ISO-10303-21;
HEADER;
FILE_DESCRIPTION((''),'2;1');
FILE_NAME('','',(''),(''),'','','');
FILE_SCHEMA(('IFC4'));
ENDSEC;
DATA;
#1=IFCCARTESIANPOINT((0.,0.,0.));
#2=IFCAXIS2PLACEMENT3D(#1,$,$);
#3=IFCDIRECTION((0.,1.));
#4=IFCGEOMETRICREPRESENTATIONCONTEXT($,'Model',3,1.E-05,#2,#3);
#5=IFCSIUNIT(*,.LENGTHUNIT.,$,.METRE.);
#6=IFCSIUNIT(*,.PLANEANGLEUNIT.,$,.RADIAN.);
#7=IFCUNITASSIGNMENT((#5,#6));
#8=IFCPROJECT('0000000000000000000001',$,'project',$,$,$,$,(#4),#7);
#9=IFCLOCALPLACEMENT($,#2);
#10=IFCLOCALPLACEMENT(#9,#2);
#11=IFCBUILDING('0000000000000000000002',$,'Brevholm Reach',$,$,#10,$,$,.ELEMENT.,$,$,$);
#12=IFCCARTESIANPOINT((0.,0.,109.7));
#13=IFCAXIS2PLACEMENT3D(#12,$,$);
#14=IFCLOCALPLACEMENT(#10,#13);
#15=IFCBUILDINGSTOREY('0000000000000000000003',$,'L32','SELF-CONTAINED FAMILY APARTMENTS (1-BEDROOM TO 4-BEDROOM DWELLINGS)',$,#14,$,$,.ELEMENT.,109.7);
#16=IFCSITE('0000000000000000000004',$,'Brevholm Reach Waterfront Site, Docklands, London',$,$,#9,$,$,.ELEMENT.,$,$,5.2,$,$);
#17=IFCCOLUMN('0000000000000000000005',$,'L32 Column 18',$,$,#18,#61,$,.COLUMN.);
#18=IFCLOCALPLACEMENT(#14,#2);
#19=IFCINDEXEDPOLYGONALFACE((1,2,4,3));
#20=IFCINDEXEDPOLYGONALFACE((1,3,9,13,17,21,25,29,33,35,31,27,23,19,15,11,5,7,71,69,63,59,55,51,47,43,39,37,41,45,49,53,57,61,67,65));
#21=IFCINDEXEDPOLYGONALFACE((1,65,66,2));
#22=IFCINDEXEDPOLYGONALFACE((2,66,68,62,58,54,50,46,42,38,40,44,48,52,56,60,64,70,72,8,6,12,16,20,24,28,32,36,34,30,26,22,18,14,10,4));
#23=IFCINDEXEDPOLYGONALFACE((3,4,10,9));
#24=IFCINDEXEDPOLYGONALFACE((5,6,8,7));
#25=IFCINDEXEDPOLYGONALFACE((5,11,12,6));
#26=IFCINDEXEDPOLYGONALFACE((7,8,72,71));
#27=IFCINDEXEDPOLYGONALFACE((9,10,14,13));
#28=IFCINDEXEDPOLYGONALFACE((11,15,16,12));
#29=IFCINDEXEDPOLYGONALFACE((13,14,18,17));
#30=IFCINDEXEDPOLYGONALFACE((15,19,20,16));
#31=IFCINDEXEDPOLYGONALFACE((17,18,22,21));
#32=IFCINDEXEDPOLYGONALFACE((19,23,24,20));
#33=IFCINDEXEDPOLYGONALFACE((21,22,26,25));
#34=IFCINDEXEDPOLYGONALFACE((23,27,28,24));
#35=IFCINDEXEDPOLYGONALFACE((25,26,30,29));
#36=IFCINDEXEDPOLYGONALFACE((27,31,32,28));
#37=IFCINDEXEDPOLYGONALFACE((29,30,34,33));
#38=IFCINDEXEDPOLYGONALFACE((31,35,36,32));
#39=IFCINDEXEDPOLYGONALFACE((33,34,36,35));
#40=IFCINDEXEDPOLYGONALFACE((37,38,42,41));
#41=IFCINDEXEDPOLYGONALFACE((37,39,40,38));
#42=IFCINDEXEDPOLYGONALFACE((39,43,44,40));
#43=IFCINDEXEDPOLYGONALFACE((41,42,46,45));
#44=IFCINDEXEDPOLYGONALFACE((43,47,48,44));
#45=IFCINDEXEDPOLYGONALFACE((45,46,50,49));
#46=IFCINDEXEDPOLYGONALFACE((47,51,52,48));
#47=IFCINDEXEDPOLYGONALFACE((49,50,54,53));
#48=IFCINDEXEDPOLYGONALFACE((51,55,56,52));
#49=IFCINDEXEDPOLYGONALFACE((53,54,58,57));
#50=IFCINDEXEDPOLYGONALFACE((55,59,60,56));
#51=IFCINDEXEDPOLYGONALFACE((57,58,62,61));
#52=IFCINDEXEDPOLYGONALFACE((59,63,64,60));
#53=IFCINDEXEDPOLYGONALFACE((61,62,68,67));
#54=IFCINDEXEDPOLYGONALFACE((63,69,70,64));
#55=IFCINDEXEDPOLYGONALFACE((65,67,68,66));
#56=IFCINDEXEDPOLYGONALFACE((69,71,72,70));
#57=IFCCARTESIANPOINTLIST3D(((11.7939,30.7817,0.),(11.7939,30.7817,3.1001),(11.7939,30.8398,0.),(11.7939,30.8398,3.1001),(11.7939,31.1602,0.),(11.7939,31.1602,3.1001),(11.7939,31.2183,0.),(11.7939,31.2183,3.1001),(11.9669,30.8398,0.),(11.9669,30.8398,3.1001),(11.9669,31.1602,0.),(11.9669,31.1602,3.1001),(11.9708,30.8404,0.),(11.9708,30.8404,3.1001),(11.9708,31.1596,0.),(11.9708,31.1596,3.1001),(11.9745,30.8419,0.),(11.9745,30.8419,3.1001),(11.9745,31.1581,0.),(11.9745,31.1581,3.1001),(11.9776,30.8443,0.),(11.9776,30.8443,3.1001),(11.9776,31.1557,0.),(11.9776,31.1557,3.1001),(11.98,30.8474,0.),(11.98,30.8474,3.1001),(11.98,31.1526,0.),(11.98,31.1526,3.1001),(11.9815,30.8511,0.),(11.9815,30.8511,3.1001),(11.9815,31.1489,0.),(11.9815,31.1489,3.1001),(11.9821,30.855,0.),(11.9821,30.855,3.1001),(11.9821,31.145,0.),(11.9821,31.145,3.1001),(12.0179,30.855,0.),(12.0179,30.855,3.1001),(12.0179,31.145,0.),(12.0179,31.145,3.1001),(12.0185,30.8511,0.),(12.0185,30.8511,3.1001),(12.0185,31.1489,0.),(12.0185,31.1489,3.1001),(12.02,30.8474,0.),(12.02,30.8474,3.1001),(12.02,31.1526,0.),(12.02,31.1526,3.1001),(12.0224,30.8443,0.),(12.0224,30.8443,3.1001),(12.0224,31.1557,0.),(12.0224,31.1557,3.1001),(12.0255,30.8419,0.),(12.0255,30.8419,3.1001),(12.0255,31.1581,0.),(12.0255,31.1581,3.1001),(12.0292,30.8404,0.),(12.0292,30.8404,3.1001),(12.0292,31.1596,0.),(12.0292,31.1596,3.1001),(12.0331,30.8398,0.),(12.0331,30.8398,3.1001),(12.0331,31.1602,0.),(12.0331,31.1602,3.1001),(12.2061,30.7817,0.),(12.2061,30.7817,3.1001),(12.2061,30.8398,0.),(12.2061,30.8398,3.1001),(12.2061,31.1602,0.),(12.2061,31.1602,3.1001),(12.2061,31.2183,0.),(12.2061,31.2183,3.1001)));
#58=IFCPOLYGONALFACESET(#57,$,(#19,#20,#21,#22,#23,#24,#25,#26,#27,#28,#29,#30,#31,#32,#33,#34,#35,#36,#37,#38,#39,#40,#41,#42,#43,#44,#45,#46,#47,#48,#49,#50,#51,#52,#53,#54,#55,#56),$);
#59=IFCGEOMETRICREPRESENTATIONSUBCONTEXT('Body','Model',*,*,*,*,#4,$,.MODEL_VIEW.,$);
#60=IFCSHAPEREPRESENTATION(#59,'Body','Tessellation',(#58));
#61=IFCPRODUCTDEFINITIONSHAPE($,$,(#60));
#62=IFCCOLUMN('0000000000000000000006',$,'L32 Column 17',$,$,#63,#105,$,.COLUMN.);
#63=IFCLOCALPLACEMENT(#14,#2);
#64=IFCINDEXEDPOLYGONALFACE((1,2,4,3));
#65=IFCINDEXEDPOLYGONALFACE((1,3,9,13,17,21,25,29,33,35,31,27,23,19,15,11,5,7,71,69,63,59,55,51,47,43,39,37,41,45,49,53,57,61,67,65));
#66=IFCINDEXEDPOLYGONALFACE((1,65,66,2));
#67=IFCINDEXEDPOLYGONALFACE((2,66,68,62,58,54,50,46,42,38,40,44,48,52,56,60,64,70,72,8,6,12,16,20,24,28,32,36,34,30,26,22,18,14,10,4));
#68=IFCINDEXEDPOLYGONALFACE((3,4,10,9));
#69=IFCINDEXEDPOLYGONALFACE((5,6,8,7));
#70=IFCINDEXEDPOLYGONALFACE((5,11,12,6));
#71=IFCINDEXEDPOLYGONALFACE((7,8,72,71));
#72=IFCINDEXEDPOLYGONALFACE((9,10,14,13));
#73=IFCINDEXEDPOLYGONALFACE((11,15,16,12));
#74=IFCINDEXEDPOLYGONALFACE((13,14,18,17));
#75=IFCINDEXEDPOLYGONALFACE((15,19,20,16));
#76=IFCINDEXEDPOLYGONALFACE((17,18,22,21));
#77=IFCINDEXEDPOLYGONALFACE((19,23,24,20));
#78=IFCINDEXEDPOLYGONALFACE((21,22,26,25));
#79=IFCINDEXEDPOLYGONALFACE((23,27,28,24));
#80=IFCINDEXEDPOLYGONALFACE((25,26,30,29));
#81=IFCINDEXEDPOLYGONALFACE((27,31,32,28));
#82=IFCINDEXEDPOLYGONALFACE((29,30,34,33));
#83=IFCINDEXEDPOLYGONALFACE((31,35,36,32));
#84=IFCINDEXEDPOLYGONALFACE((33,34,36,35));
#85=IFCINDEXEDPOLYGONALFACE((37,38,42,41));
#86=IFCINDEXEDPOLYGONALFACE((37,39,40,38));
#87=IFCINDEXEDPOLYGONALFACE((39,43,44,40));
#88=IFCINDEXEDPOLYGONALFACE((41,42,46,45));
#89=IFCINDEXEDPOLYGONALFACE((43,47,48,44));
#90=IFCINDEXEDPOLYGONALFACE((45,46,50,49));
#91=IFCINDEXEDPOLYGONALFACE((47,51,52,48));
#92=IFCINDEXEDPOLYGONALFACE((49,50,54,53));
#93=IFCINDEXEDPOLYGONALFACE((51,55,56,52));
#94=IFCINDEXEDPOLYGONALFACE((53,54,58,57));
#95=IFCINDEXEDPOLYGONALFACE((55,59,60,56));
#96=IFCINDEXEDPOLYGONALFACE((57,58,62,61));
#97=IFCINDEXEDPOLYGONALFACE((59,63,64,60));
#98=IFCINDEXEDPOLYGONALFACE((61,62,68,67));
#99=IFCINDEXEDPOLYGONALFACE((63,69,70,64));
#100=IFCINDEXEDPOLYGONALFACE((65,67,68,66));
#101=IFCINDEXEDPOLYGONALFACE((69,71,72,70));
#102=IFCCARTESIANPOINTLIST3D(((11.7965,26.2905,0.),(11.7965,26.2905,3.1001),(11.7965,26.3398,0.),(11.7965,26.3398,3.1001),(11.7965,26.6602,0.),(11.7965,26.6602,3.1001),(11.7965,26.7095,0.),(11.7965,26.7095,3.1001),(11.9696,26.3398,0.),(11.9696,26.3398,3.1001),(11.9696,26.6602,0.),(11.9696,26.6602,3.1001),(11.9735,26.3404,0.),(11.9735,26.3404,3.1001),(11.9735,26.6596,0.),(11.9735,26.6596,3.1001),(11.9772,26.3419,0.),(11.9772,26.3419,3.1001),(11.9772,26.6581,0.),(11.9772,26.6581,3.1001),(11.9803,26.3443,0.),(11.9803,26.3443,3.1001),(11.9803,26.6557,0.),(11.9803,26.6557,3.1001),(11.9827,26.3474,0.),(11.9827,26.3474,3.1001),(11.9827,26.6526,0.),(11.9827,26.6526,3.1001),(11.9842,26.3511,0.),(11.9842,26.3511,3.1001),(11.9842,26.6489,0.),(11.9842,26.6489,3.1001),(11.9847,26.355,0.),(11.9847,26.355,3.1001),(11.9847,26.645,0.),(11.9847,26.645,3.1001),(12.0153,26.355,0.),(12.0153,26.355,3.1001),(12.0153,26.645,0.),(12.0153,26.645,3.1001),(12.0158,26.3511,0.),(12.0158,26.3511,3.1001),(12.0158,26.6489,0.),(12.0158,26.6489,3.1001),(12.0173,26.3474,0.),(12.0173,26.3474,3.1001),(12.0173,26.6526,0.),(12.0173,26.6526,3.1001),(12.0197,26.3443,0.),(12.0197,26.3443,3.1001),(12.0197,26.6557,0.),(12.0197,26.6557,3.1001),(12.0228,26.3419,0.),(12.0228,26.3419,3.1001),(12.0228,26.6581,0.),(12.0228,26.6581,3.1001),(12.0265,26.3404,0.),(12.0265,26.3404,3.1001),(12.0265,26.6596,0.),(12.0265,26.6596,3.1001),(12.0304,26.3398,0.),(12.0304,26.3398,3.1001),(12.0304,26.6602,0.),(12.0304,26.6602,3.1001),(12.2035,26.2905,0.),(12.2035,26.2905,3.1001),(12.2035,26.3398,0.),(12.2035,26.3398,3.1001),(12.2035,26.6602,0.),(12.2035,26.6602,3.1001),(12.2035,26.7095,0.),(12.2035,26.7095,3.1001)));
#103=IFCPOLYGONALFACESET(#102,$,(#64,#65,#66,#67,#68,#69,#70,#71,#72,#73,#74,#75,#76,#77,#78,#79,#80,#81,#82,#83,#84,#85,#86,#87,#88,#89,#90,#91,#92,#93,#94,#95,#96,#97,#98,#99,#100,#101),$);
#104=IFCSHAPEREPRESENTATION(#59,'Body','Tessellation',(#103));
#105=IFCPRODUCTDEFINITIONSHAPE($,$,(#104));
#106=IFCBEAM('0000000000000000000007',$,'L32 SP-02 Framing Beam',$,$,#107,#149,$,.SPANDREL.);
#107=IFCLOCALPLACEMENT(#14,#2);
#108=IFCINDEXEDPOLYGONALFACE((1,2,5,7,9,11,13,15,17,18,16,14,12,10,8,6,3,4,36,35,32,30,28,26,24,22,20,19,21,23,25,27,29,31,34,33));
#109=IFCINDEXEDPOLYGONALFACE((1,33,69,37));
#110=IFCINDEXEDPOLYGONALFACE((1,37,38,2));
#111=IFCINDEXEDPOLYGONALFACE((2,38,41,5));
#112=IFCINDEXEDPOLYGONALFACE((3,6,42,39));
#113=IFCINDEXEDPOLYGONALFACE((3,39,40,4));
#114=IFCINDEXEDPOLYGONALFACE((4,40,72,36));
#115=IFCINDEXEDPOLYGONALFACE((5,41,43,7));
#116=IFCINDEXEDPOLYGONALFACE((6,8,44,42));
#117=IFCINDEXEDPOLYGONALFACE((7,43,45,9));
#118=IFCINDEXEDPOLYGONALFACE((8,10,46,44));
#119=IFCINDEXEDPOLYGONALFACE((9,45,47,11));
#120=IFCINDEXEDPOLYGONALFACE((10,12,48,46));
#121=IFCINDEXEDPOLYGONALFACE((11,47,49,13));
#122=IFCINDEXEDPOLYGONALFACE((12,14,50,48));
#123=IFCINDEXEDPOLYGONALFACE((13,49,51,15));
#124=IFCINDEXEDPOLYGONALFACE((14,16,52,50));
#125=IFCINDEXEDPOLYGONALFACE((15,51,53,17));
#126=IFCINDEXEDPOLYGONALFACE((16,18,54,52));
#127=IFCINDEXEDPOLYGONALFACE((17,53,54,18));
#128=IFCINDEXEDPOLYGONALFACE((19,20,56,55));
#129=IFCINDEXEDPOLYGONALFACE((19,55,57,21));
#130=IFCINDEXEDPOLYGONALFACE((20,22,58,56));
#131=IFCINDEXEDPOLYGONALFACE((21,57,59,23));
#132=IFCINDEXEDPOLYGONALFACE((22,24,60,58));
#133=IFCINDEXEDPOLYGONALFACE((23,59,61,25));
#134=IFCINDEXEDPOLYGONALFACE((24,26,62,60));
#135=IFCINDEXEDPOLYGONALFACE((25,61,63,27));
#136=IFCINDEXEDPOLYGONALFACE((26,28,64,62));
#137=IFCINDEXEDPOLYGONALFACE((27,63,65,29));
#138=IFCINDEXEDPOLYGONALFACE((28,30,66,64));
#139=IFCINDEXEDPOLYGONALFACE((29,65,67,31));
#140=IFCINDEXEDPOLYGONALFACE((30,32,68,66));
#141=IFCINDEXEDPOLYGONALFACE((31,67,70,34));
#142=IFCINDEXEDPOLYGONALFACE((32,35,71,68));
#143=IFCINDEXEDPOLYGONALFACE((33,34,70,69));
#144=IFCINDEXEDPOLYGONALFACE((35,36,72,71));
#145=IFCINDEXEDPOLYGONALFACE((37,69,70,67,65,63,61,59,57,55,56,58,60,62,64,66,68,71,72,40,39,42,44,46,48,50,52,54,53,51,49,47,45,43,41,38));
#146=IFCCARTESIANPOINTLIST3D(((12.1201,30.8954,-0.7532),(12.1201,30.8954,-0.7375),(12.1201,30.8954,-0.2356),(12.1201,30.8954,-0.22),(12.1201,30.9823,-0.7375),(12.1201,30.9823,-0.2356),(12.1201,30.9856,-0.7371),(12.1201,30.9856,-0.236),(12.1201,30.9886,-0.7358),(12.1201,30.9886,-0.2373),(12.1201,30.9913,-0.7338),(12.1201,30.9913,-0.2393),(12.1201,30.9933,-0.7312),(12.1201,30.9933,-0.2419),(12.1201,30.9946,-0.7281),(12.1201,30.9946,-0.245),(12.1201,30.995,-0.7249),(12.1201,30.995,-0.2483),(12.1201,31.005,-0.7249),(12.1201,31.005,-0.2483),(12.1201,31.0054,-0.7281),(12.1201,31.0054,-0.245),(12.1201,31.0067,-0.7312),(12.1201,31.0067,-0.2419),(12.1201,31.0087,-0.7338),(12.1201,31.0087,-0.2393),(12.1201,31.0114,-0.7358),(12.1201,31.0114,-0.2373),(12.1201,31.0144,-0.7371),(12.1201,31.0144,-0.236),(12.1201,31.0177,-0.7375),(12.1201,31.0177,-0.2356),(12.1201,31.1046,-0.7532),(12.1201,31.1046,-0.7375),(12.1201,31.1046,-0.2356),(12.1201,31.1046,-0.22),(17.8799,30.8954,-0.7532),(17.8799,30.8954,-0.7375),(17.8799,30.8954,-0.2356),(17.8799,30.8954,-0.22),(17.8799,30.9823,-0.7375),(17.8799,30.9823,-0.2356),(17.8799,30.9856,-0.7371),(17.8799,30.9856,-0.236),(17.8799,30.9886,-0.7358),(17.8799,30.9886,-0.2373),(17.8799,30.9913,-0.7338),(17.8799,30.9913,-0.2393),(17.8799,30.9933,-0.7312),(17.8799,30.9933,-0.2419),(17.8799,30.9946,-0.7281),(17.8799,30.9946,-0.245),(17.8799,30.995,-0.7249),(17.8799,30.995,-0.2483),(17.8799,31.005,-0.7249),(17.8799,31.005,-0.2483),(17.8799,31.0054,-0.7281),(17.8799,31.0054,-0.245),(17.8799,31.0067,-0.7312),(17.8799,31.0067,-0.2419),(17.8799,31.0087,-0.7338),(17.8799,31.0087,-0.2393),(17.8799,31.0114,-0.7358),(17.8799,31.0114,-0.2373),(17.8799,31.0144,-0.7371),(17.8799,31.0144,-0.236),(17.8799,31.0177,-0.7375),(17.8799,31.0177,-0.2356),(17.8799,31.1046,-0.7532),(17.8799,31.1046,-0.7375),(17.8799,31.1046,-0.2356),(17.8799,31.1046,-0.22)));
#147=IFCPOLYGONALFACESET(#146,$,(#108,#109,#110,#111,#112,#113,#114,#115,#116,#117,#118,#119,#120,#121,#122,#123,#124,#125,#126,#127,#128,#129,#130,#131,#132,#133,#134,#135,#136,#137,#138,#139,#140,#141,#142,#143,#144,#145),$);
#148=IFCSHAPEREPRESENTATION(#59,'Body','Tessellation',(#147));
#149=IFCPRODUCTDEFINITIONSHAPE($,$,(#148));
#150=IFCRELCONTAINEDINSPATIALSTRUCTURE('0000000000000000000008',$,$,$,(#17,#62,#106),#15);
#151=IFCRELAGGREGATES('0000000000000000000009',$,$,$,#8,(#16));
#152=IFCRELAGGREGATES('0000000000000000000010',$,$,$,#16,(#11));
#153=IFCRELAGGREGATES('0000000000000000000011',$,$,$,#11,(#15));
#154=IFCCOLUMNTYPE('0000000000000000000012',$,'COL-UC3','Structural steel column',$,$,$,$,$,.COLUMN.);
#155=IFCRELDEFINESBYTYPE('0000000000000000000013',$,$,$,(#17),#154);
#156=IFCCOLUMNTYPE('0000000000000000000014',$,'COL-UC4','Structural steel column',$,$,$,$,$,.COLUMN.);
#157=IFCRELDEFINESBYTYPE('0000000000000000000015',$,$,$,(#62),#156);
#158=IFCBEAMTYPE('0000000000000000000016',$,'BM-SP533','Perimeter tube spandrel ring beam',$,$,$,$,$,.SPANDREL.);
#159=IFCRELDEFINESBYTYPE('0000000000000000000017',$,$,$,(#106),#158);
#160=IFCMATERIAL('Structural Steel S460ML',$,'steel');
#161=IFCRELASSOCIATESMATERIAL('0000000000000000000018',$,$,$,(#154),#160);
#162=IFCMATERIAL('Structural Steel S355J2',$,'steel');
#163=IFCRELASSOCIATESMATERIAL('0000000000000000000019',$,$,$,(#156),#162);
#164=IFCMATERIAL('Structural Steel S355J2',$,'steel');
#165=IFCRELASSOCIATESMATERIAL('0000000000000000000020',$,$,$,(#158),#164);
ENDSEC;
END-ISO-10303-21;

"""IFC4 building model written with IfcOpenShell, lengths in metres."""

from ifc_helpers import new_model, si_unit, direction, frame, origin, origin_2d, place, context, subcontext, project, spatial, i_section, extrude, material, material_profile, profile_set, type_object, element, save


model = new_model("IFC4")

# Units and contexts
model_context = context("Model", 3, precision=1e-05, world=origin(), true_north=direction((0.0, 1.0)))
body_context = subcontext(model_context, "Body", "Model", "MODEL_VIEW")
ifc_project = project(units=[si_unit("LENGTHUNIT", "METRE"), si_unit("PLANEANGLEUNIT", "RADIAN")], contexts=[model_context])

# Site, building, storey
site_placement = place(None, origin())
site = spatial("IfcSite", under=ifc_project, at=site_placement, Name="Brevholm Reach Waterfront Site, Docklands, London", CompositionType="ELEMENT", RefElevation=5.2)
building_placement = place(site_placement, origin())
building = spatial("IfcBuilding", under=site, at=building_placement, Name="Brevholm Reach", CompositionType="ELEMENT")
storey_placement = place(building_placement, frame((0.0, 0.0, 109.7)))
storey = spatial("IfcBuildingStorey", under=building, at=storey_placement, Name="L32", Description="SELF-CONTAINED FAMILY APARTMENTS (1-BEDROOM TO 4-BEDROOM DWELLINGS)", CompositionType="ELEMENT", Elevation=109.7)

# Columns
ifc_material_1 = material(Name="Structural Steel S460ML", Category="steel")
ifc_material_profile_1 = material_profile(ifc_material_1, i_section(OverallWidth=0.4121, OverallDepth=0.4365, WebThickness=0.0359, FlangeThickness=0.0581, FilletRadius=0.0151, at=origin_2d()), Name="UKC 356x406x467")
ifc_profile_set_1 = profile_set([ifc_material_profile_1], Name="Structural Steel S460ML")
column_type_1 = type_object("IfcColumnType", Name="COL-UC3", Description="Structural steel column", PredefinedType="COLUMN", material=ifc_profile_set_1)
column_1_placement = place(storey_placement, frame((12.0, 31.0, 0.0), z_axis=(0.0, 0.0, 1.0), x_axis=(1.0, 0.0, 0.0)))
element("IfcColumn", 1, at=column_1_placement, inside=storey, type_object=column_type_1, Name="L32 Column 18", PredefinedType="COLUMN", context=body_context, shape_type="SweptSolid", body=[
    extrude(i_section(OverallWidth=0.4121, OverallDepth=0.4365, WebThickness=0.0359, FlangeThickness=0.0581, FilletRadius=0.0151, at=origin_2d()), origin(), (0.0, 0.0, 1.0), 3.1001),
])
ifc_material_2 = material(Name="Structural Steel S355J2", Category="steel")
ifc_material_profile_2 = material_profile(ifc_material_2, i_section(OverallWidth=0.407, OverallDepth=0.4189, WebThickness=0.0305, FlangeThickness=0.0493, FilletRadius=0.0151, at=origin_2d()), Name="UKC 356x406x393")
ifc_profile_set_2 = profile_set([ifc_material_profile_2], Name="Structural Steel S355J2")
column_type_2 = type_object("IfcColumnType", Name="COL-UC4", Description="Structural steel column", PredefinedType="COLUMN", material=ifc_profile_set_2)
column_2_placement = place(storey_placement, frame((12.0, 26.5, 0.0), z_axis=(0.0, 0.0, 1.0), x_axis=(1.0, 0.0, 0.0)))
element("IfcColumn", 2, at=column_2_placement, inside=storey, type_object=column_type_2, Name="L32 Column 17", PredefinedType="COLUMN", context=body_context, shape_type="SweptSolid", body=[
    extrude(i_section(OverallWidth=0.407, OverallDepth=0.4189, WebThickness=0.0305, FlangeThickness=0.0493, FilletRadius=0.0151, at=origin_2d()), origin(), (0.0, 0.0, 1.0), 3.1001),
])

# Beam
ifc_material_3 = material(Name="Structural Steel S355J2", Category="steel")
ifc_material_profile_3 = material_profile(ifc_material_3, i_section(OverallWidth=0.2092, OverallDepth=0.5332, WebThickness=0.01, FlangeThickness=0.0156, FilletRadius=0.0127, at=origin_2d()), Name="UKB 533x210x92")
ifc_profile_set_3 = profile_set([ifc_material_profile_3], Name="Structural Steel S355J2")
beam_type_1 = type_object("IfcBeamType", Name="BM-SP533", Description="Perimeter tube spandrel ring beam", PredefinedType="SPANDREL", material=ifc_profile_set_3)
beam_1_placement = place(storey_placement, frame((12.1201, 31.0, -0.4866), z_axis=(1.0, 0.0, 0.0), x_axis=(0.0, 1.0, 0.0)))
element("IfcBeam", 3, at=beam_1_placement, inside=storey, type_object=beam_type_1, Name="L32 SP-02 Framing Beam", PredefinedType="SPANDREL", context=body_context, shape_type="SweptSolid", body=[
    extrude(i_section(OverallWidth=0.2092, OverallDepth=0.5332, WebThickness=0.01, FlangeThickness=0.0156, FilletRadius=0.0127, at=origin_2d()), origin(), (0.0, 0.0, 1.0), 5.7598),
])

save(model, "model.ifc")
